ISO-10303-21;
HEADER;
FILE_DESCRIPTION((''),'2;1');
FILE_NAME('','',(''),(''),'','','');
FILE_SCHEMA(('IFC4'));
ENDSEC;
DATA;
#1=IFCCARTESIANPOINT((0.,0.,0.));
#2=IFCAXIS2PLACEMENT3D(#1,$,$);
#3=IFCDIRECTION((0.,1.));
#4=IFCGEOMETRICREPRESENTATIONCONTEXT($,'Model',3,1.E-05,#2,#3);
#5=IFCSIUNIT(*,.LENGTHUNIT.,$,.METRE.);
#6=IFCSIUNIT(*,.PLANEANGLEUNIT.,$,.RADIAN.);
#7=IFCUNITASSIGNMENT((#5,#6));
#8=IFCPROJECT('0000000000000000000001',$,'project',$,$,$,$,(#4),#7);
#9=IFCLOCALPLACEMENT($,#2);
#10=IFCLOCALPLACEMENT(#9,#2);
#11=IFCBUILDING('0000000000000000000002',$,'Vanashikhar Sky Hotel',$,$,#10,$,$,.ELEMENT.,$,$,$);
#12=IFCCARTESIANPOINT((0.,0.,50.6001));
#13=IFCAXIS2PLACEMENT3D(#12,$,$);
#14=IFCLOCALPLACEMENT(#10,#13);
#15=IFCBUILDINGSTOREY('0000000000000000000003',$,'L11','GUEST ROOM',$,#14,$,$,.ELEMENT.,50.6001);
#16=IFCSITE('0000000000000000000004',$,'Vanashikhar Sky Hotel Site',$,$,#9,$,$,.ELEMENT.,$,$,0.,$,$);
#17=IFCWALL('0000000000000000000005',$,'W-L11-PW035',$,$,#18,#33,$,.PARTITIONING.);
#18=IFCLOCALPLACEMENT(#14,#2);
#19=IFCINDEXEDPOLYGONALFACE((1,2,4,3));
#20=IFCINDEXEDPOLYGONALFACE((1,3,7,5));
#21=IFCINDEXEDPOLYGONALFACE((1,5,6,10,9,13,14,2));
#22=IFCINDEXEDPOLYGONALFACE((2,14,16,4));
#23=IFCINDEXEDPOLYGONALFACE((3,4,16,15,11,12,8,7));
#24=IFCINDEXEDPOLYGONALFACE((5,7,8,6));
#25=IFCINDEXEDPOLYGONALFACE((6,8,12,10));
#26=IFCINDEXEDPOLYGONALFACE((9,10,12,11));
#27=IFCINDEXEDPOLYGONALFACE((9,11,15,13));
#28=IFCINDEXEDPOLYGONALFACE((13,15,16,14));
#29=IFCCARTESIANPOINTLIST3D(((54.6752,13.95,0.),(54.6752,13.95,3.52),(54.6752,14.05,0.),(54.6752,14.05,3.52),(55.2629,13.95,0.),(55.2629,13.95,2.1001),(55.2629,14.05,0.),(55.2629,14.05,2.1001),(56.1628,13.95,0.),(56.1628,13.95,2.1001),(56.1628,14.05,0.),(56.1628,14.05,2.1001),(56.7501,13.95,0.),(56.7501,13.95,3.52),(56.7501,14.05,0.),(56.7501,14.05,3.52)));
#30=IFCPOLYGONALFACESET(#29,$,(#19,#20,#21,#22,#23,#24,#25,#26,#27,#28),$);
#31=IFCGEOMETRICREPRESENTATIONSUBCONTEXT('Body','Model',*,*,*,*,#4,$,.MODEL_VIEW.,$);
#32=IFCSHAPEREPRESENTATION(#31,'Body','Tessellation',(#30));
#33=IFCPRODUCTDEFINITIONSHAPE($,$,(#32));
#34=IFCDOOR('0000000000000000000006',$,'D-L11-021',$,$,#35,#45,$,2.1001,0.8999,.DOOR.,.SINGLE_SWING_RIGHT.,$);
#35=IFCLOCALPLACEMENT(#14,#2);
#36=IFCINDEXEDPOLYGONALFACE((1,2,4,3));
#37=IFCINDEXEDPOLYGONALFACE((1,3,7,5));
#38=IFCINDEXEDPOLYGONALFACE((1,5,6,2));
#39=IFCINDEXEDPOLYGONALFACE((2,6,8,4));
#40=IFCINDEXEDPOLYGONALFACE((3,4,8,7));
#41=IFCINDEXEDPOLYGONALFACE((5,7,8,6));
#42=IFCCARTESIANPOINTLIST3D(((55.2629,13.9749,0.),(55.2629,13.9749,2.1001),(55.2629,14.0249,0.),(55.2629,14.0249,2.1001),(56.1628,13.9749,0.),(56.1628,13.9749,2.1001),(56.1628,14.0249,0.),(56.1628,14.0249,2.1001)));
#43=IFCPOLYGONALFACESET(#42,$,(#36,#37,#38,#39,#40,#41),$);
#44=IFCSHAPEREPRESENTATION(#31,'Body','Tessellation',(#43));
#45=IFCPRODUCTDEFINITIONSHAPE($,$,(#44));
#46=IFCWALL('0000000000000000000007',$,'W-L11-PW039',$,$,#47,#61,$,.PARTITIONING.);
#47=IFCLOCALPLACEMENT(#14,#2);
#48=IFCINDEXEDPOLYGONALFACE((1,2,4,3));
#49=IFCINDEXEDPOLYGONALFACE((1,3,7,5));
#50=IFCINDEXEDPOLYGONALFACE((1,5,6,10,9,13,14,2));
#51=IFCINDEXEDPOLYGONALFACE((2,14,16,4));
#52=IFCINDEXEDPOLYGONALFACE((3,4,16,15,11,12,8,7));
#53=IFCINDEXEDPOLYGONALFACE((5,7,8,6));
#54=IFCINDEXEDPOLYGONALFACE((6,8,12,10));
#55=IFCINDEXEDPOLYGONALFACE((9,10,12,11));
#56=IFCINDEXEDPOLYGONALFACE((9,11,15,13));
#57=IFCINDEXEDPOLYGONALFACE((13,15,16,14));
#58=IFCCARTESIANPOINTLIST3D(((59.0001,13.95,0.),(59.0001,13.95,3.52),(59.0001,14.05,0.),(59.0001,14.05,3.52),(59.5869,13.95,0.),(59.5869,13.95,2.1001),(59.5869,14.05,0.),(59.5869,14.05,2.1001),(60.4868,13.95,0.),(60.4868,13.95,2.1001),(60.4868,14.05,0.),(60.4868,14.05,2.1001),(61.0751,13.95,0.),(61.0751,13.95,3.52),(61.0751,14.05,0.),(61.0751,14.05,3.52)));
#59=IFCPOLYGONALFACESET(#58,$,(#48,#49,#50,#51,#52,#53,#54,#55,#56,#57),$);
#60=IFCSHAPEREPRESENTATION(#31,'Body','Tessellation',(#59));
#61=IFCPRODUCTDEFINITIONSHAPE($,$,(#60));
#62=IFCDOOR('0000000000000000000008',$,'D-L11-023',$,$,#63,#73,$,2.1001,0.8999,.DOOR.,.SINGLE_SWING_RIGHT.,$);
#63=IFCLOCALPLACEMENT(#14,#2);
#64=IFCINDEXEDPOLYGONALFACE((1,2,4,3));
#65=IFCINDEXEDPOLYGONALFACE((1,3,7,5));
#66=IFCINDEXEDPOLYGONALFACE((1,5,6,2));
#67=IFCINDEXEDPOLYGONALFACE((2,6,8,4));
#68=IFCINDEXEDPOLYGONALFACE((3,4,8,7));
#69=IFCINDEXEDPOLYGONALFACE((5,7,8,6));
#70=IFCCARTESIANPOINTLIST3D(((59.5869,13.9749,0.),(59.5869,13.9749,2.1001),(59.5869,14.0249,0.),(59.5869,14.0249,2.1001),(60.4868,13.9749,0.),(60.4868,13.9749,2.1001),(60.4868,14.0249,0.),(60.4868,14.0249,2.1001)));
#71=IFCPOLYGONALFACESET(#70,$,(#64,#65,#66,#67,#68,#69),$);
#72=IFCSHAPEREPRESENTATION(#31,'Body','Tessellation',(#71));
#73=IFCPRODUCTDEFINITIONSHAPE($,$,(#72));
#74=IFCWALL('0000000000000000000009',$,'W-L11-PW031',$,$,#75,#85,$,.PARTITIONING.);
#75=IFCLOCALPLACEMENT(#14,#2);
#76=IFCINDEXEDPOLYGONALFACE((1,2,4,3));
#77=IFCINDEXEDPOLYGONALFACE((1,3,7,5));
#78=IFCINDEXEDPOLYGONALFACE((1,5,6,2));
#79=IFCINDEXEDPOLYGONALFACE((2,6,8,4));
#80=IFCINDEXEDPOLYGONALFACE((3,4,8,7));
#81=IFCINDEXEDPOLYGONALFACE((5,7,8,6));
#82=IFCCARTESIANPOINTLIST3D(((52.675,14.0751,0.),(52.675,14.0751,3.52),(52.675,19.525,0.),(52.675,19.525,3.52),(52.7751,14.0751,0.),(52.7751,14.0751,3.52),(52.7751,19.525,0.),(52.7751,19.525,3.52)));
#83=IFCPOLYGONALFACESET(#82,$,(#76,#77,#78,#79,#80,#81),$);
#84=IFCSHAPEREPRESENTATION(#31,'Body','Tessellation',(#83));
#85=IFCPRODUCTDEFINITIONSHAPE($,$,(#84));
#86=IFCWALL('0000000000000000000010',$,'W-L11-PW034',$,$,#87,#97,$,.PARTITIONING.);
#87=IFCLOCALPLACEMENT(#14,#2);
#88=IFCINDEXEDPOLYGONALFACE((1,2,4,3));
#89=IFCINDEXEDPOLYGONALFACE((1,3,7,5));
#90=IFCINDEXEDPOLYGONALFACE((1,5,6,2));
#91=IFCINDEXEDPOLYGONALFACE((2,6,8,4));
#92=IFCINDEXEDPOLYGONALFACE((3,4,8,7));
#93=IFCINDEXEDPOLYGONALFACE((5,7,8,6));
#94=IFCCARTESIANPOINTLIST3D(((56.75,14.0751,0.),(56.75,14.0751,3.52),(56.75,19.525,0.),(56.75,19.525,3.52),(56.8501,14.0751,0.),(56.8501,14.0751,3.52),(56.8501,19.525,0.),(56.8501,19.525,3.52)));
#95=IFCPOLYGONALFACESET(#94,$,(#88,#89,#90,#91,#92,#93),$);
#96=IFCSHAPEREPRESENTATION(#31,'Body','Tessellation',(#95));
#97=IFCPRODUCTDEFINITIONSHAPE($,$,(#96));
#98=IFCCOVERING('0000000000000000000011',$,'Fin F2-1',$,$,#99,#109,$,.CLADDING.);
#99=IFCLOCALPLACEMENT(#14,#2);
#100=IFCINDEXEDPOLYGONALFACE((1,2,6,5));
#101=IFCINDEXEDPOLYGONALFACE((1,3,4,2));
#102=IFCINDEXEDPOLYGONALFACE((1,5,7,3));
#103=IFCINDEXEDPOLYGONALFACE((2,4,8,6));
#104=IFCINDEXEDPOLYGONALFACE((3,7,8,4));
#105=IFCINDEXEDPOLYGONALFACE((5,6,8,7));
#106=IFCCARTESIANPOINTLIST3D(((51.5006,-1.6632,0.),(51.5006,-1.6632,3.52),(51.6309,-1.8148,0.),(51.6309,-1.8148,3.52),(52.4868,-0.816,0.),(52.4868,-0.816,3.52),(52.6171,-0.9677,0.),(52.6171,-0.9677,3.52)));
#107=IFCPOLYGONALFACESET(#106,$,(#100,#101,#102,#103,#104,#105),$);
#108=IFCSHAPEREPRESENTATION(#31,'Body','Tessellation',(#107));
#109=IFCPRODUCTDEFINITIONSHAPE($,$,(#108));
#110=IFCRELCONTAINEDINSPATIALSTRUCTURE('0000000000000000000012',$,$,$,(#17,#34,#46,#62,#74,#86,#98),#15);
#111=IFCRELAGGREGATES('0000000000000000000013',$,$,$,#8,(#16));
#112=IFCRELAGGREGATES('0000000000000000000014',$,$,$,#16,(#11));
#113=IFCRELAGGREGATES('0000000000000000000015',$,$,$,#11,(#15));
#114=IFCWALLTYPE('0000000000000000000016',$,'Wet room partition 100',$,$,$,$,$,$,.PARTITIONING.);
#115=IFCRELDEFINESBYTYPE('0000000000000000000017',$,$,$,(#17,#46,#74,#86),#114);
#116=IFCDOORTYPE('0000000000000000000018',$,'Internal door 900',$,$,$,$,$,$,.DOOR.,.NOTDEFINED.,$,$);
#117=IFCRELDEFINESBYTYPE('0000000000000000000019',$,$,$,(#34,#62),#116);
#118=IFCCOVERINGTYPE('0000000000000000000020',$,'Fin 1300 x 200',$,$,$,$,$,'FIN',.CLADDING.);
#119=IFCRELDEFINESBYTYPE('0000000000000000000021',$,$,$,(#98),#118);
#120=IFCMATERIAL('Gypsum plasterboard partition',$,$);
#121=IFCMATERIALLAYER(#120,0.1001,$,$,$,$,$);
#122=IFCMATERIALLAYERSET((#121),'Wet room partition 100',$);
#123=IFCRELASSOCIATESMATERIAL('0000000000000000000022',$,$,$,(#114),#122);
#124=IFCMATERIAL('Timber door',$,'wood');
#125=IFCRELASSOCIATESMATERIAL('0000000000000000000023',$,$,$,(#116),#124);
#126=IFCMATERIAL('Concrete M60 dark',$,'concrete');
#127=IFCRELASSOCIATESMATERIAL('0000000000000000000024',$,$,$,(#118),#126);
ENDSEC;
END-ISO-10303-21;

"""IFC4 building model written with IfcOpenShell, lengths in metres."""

from ifc_helpers import new_model, si_unit, direction, frame, frame_2d, origin, origin_2d, place, context, subcontext, project, spatial, rectangle, extrude, source, transform, mapped, material, layer, layer_set, material_profile, profile_set, type_object, element, fill, save


model = new_model("IFC4")

# Units and contexts
model_context = context("Model", 3, precision=1e-05, world=origin(), true_north=direction((0.0, 1.0)))
body_context = subcontext(model_context, "Body", "Model", "MODEL_VIEW")
ifc_project = project(units=[si_unit("LENGTHUNIT", "METRE"), si_unit("PLANEANGLEUNIT", "RADIAN")], contexts=[model_context])

# Site, building, storey
site_placement = place(None, origin())
site = spatial("IfcSite", under=ifc_project, at=site_placement, Name="Vanashikhar Sky Hotel Site", CompositionType="ELEMENT", RefElevation=0.0)
building_placement = place(site_placement, origin())
building = spatial("IfcBuilding", under=site, at=building_placement, Name="Vanashikhar Sky Hotel", CompositionType="ELEMENT")
storey_placement = place(building_placement, frame((0.0, 0.0, 50.6001)))
storey = spatial("IfcBuildingStorey", under=building, at=storey_placement, Name="L11", Description="GUEST ROOM", CompositionType="ELEMENT", Elevation=50.6001)

# Shared definitions
ifc_material_1 = material(Name="Gypsum plasterboard partition")

# Walls, openings, doors
ifc_layer_1 = layer(ifc_material_1, 0.1001)
ifc_layer_set_1 = layer_set([ifc_layer_1], Name="Wet room partition 100")
wall_type_1 = type_object("IfcWallType", Name="Wet room partition 100", PredefinedType="PARTITIONING", material=ifc_layer_set_1)
shared_shape_1 = source(origin(), body_context, "Body", "SweptSolid", [
    extrude(rectangle(XDim=2.075, YDim=0.1001, at=frame_2d((1.0376, 0.0))), origin(), (0.0, 0.0, 1.0), 3.52),
])
shared_shape_2 = source(origin(), body_context, "Body", "SweptSolid", [
    extrude(rectangle(XDim=0.8999, YDim=2.1001, at=frame_2d((0.45, 1.05))), frame((0.0, 0.0601, 0.0), z_axis=(0.0, -1.0, 0.0), x_axis=(1.0, 0.0, 0.0)), (0.0, 0.0, 1.0), 0.1201),
])
ifc_material_2 = material(Name="Timber door", Category="wood")
door_type = type_object("IfcDoorType", Name="Internal door 900", OperationType="NOTDEFINED", PredefinedType="DOOR", material=ifc_material_2)
shared_shape_3 = source(origin(), body_context, "Body", "SweptSolid", [
    extrude(rectangle(XDim=0.8999, YDim=2.1001, at=frame_2d((0.45, 1.05))), frame((0.0, 0.0249, 0.0), z_axis=(0.0, -1.0, 0.0), x_axis=(1.0, 0.0, 0.0)), (0.0, 0.0, 1.0), 0.05),
])
wall_1_placement = place(storey_placement, frame((54.675, 14.0, 0.0), z_axis=(0.0, 0.0, 1.0), x_axis=(1.0, 0.0, 0.0)))
wall_1 = element("IfcWall", 1, at=wall_1_placement, inside=storey, type_object=wall_type_1, Name="W-L11-PW035", PredefinedType="PARTITIONING", context=body_context, shape_type="MappedRepresentation", body=[
    mapped(shared_shape_1, transform((0.0, 0.0, 0.0), scale=1.0)),
])
opening_1_placement = place(wall_1_placement, frame((0.5879, 0.0, 0.0)))
opening_1 = element("IfcOpeningElement", 2, at=opening_1_placement, cuts=wall_1, PredefinedType="OPENING", context=body_context, shape_type="MappedRepresentation", body=[
    mapped(shared_shape_2, transform((0.0, 0.0, 0.0), scale=1.0)),
])
door_1_placement = place(opening_1_placement, origin())
door_1 = element("IfcDoor", 3, at=door_1_placement, inside=storey, type_object=door_type, Name="D-L11-021", OperationType="SINGLE_SWING_RIGHT", OverallHeight=2.1001, OverallWidth=0.8999, PredefinedType="DOOR", context=body_context, shape_type="MappedRepresentation", body=[
    mapped(shared_shape_3, transform((0.0, 0.0, 0.0), scale=1.0)),
])
fill(opening_1, door_1)
wall_2_placement = place(storey_placement, frame((59.0, 14.0, 0.0), z_axis=(0.0, 0.0, 1.0), x_axis=(1.0, 0.0, 0.0)))
wall_2 = element("IfcWall", 4, at=wall_2_placement, inside=storey, type_object=wall_type_1, Name="W-L11-PW039", PredefinedType="PARTITIONING", context=body_context, shape_type="MappedRepresentation", body=[
    mapped(shared_shape_1, transform((0.0, 0.0, 0.0), scale=1.0)),
])
opening_2_placement = place(wall_2_placement, frame((0.5869, 0.0, 0.0)))
opening_2 = element("IfcOpeningElement", 5, at=opening_2_placement, cuts=wall_2, PredefinedType="OPENING", context=body_context, shape_type="MappedRepresentation", body=[
    mapped(shared_shape_2, transform((0.0, 0.0, 0.0), scale=1.0)),
])
door_2_placement = place(opening_2_placement, origin())
door_2 = element("IfcDoor", 6, at=door_2_placement, inside=storey, type_object=door_type, Name="D-L11-023", OperationType="SINGLE_SWING_RIGHT", OverallHeight=2.1001, OverallWidth=0.8999, PredefinedType="DOOR", context=body_context, shape_type="MappedRepresentation", body=[
    mapped(shared_shape_3, transform((0.0, 0.0, 0.0), scale=1.0)),
])
fill(opening_2, door_2)

# Walls
shared_shape_4 = source(origin(), body_context, "Body", "SweptSolid", [
    extrude(rectangle(XDim=5.45, YDim=0.1001, at=frame_2d((2.7251, 0.0))), origin(), (0.0, 0.0, 1.0), 3.52),
])
for number, where, z_axis, x_axis, name in (
    (7, (52.7251, 14.075, 0.0), (0.0, 0.0, 1.0), (0.0, 1.0, 0.0), "W-L11-PW031"),
    (8, (56.8, 14.075, 0.0), (0.0, 0.0, 1.0), (0.0, 1.0, 0.0), "W-L11-PW034"),
):
    element("IfcWall", number, at=place(storey_placement, frame(where, z_axis=z_axis, x_axis=x_axis)), inside=storey, type_object=wall_type_1, Name=name, PredefinedType="PARTITIONING", context=body_context, shape_type="MappedRepresentation", body=[
        mapped(shared_shape_4, transform((0.0, 0.0, 0.0), scale=1.0)),
    ])

# Covering
ifc_material_3 = material(Name="Concrete M60 dark", Category="concrete")
ifc_material_profile = material_profile(ifc_material_3, rectangle(XDim=1.3, YDim=0.2, at=origin_2d()))
ifc_profile_set = profile_set([ifc_material_profile], Name="Fin 1300 x 200")
covering_type = type_object("IfcCoveringType", Name="Fin 1300 x 200", ElementType="FIN", PredefinedType="CLADDING", material=ifc_profile_set)
shared_shape_5 = source(origin(), body_context, "Body", "SweptSolid", [
    extrude(rectangle(XDim=1.3, YDim=0.2, at=origin_2d()), origin(), (0.0, 0.0, 1.0), 3.52),
])
covering_placement = place(storey_placement, frame((52.0588, -1.3154, 0.0), z_axis=(0.0, 0.0, 1.0), x_axis=(-0.758544, -0.651622, 0.0)))
element("IfcCovering", 9, at=covering_placement, inside=storey, type_object=covering_type, Name="Fin F2-1", PredefinedType="CLADDING", context=body_context, shape_type="MappedRepresentation", body=[
    mapped(shared_shape_5, transform((0.0, 0.0, 0.0), scale=1.0)),
])

save(model, "model.ifc")
